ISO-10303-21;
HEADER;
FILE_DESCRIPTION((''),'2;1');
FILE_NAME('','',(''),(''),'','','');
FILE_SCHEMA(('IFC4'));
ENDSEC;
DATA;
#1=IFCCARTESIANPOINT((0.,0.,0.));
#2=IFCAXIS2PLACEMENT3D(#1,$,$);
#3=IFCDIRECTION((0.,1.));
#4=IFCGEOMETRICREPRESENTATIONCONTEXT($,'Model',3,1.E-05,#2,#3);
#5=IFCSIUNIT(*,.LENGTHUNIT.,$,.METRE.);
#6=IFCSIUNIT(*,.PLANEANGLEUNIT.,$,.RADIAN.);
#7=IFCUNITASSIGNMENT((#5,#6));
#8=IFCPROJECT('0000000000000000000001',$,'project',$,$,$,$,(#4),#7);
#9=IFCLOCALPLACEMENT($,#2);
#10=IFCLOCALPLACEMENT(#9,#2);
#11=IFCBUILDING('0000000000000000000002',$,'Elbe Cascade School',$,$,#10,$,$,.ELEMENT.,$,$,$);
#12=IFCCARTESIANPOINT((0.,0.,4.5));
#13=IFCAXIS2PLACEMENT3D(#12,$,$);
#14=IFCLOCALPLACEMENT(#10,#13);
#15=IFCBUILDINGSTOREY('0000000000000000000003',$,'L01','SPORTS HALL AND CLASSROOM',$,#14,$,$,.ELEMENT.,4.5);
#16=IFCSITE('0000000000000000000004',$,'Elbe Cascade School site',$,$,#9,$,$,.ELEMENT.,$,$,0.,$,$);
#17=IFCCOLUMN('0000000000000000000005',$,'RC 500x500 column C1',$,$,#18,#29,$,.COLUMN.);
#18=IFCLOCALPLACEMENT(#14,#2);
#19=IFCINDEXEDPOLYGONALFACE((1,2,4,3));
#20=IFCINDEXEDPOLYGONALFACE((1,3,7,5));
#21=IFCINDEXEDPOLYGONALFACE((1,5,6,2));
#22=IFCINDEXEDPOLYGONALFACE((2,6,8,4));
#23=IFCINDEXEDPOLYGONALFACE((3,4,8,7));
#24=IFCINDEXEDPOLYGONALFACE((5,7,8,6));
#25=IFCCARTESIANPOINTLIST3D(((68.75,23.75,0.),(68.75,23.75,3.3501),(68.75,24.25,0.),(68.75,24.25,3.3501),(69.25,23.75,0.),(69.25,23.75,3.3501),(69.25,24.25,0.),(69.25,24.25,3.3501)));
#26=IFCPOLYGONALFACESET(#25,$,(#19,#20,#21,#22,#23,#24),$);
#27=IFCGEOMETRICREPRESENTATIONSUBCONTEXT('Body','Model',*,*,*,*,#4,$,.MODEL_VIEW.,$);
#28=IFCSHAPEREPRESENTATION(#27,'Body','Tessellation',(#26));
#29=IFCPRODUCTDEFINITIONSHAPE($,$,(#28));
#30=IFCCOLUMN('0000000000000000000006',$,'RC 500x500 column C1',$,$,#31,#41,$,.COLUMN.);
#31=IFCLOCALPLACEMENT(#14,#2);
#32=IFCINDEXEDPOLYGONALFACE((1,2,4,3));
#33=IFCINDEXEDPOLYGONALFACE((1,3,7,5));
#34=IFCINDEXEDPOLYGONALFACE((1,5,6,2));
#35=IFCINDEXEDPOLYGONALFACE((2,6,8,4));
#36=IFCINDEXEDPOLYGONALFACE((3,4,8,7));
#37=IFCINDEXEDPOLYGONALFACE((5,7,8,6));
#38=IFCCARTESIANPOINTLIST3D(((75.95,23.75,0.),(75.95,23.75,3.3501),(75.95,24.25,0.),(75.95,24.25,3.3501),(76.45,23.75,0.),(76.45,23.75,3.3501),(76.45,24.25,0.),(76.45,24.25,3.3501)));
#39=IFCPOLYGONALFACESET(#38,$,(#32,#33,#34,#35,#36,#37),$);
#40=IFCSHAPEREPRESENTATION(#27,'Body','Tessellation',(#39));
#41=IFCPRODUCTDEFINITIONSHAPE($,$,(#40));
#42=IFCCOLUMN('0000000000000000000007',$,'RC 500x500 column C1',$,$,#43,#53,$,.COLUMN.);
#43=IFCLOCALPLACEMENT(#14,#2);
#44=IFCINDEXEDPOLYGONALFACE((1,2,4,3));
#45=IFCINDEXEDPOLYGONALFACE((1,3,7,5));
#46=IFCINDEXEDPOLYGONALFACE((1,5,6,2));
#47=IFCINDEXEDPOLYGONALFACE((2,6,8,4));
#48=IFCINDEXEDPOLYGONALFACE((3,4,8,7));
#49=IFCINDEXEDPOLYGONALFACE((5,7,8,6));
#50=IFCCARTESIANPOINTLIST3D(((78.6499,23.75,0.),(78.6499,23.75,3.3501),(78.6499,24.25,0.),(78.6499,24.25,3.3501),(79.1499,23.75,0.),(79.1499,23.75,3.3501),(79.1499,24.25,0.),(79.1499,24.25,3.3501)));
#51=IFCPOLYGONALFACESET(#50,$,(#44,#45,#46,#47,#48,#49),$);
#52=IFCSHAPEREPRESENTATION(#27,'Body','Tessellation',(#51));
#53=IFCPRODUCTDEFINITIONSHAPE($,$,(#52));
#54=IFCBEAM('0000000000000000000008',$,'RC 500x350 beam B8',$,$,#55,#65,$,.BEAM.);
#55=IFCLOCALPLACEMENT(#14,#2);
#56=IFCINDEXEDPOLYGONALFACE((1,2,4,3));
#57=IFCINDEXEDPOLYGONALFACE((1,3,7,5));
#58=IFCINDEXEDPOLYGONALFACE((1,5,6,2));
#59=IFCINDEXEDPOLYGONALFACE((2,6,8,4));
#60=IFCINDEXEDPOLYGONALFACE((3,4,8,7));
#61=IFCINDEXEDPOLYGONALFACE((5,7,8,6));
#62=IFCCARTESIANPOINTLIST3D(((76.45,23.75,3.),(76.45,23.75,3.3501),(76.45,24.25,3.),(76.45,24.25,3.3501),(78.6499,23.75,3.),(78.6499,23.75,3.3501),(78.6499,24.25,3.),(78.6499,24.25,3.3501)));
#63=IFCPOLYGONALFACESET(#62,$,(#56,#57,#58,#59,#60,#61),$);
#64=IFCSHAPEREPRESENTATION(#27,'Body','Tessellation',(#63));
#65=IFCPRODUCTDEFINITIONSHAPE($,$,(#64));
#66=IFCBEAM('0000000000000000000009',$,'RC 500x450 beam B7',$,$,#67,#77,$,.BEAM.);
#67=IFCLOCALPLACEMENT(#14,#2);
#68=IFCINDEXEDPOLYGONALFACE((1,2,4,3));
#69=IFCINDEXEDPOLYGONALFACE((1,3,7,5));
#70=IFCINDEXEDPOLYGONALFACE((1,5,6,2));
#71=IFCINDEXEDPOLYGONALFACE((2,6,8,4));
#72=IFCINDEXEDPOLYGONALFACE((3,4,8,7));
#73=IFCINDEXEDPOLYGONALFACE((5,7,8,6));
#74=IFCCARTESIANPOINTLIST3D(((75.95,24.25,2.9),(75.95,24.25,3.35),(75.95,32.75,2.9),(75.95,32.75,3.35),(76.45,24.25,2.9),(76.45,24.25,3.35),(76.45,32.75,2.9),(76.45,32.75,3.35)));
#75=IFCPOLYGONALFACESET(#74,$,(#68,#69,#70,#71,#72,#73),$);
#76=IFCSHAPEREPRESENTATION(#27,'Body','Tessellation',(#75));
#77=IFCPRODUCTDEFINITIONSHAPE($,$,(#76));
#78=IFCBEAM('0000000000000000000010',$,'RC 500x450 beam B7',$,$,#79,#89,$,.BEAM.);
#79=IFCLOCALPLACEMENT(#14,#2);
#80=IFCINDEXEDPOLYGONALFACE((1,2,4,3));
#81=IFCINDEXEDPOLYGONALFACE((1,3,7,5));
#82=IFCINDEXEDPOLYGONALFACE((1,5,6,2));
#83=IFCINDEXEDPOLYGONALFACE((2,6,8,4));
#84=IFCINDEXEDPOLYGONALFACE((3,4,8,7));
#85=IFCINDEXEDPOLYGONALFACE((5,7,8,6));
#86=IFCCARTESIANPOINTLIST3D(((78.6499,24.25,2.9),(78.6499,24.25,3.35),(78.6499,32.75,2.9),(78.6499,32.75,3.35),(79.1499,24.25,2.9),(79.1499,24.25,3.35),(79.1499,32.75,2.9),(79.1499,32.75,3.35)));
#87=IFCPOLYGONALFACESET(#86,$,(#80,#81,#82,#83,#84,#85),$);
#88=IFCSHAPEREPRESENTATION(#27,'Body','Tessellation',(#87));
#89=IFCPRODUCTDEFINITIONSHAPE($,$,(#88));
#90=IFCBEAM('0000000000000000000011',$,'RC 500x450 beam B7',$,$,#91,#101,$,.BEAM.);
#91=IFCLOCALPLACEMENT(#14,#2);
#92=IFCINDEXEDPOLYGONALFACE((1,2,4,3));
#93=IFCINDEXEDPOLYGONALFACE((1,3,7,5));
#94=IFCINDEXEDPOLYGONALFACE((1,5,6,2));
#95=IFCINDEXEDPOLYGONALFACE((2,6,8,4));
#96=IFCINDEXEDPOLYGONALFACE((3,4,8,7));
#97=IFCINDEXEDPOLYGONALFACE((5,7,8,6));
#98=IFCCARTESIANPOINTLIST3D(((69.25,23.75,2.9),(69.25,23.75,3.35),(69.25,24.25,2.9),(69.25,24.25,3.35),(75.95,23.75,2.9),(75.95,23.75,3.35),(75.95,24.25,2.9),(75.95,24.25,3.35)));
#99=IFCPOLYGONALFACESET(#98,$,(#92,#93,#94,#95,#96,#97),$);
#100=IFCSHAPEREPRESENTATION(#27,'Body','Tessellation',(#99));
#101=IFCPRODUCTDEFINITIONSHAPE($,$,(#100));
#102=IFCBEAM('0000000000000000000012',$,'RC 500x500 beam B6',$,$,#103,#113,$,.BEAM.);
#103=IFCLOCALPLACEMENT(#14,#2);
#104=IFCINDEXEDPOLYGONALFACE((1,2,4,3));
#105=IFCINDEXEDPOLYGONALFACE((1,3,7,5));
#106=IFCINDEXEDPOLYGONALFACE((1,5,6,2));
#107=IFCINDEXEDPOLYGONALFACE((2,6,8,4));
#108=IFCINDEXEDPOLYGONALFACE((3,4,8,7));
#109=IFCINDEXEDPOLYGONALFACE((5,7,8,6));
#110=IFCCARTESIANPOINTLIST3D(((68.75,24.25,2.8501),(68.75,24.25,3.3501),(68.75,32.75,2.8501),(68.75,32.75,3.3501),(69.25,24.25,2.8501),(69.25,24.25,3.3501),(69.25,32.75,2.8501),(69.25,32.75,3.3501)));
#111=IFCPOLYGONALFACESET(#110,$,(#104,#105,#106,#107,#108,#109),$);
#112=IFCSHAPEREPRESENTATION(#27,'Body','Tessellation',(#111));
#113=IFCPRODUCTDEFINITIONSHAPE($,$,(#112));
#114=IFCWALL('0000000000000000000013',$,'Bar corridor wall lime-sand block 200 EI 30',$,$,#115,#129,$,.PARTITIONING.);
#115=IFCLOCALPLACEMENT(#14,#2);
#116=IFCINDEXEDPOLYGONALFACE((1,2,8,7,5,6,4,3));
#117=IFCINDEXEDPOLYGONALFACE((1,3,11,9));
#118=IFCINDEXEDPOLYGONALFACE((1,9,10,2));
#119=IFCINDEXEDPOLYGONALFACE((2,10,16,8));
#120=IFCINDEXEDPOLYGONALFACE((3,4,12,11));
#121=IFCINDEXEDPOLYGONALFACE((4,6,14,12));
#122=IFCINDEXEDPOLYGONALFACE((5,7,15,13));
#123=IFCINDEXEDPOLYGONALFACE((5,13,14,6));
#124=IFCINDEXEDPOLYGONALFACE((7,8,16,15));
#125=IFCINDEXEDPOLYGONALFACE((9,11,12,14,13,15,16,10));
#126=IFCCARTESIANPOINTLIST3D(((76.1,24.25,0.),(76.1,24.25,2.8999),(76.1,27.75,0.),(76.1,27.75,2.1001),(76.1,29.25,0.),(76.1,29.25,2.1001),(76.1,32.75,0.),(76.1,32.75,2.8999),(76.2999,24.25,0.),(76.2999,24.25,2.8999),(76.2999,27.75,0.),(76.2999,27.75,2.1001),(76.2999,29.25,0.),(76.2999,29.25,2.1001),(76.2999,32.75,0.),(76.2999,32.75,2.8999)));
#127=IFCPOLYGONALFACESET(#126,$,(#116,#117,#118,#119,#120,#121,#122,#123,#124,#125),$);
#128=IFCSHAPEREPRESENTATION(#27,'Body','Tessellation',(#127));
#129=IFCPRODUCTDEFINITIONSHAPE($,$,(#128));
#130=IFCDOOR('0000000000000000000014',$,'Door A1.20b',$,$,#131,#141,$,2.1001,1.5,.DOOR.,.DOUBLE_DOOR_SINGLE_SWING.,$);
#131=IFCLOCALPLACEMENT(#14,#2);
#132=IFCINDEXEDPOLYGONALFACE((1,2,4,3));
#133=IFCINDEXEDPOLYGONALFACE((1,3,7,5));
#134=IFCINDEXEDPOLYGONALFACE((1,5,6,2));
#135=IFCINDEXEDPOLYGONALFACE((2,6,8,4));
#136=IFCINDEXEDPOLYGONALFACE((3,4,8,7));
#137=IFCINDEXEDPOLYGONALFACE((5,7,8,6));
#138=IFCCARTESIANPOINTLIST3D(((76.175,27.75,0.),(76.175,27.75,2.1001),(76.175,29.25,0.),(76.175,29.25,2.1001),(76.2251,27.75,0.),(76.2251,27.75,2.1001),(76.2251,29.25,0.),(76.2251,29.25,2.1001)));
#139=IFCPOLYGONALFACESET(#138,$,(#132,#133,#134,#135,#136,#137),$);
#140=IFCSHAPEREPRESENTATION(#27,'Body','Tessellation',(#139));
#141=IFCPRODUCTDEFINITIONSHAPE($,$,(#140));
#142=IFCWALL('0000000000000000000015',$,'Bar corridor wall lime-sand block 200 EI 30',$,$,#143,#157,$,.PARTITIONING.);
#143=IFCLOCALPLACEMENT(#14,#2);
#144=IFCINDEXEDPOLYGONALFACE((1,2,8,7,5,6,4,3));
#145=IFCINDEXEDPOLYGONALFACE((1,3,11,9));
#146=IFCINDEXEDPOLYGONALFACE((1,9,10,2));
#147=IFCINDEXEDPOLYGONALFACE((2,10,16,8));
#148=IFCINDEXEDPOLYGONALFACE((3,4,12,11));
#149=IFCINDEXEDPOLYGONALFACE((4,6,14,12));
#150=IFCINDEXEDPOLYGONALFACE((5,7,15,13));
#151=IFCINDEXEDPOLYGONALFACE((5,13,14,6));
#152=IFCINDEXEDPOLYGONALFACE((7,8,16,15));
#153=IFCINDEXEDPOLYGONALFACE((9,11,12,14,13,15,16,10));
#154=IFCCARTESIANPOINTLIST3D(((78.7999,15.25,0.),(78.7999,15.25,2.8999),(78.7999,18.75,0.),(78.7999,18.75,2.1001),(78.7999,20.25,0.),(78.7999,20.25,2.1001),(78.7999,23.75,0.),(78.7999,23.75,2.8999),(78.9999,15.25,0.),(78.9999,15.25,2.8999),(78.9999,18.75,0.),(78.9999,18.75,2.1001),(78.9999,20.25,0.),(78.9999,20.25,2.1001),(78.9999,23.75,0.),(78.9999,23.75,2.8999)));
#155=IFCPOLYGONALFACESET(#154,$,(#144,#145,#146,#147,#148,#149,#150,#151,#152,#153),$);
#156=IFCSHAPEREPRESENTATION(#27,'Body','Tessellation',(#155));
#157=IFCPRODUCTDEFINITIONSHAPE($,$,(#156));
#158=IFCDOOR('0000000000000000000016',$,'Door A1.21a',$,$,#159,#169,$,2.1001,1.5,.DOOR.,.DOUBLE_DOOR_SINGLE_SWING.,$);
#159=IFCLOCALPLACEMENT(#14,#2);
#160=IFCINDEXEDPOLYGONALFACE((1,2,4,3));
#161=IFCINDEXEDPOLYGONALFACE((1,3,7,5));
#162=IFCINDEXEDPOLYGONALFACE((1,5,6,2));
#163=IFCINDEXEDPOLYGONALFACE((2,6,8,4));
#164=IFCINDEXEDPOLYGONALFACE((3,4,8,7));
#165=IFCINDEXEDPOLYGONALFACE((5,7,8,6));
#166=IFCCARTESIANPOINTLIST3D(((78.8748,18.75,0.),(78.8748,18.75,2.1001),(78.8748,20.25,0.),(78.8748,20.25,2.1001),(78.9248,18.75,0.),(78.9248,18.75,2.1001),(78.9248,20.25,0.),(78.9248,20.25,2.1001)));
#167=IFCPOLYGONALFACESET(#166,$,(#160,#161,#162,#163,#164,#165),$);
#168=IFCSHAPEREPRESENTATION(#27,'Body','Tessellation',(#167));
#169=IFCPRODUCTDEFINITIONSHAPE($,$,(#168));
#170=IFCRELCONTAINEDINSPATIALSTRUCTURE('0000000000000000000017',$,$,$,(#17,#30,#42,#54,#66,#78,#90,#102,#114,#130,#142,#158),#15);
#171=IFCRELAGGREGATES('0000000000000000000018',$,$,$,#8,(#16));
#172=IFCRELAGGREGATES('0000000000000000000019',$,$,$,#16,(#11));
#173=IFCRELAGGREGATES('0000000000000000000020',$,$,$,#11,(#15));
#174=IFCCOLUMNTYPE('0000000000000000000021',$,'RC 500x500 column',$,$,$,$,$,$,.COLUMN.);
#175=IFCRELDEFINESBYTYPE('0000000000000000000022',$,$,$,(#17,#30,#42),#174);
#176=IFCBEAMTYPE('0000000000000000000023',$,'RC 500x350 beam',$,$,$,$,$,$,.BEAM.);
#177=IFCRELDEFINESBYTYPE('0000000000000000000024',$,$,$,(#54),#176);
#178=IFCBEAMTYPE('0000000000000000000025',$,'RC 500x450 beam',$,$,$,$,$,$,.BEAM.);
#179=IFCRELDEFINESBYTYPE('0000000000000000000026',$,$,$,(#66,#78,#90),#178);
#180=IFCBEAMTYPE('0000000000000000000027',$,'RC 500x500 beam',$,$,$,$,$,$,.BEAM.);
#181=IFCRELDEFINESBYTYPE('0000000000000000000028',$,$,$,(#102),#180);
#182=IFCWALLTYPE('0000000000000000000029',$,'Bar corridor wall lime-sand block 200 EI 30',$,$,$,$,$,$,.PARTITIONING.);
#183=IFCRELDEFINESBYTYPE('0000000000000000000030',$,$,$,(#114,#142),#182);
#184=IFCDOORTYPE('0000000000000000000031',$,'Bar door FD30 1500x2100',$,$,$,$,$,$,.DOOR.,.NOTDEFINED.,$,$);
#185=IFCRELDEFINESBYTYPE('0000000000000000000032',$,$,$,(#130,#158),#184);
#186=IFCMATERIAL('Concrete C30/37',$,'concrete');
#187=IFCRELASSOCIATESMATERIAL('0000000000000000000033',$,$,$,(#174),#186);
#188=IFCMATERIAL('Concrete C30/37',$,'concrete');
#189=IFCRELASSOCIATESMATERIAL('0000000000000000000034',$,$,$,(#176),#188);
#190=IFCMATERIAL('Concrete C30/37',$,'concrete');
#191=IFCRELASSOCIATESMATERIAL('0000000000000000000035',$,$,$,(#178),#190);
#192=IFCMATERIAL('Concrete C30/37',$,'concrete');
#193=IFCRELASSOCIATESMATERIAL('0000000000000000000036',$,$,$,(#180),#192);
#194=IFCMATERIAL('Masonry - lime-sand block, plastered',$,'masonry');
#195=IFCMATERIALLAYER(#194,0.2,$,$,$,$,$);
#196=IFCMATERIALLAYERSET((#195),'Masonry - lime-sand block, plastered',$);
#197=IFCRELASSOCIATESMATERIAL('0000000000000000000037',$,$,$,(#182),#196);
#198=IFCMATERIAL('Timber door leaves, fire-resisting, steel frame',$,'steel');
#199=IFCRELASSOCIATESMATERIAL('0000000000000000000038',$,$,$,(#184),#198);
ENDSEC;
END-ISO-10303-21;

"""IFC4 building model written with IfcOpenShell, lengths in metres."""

from ifc_helpers import new_model, si_unit, direction, frame, frame_2d, origin, origin_2d, place, context, subcontext, project, spatial, rectangle, extrude, material, layer, layer_set, material_profile, profile_set, type_object, element, fill, save


model = new_model("IFC4")

# Units and contexts
model_context = context("Model", 3, precision=1e-05, world=origin(), true_north=direction((0.0, 1.0)))
body_context = subcontext(model_context, "Body", "Model", "MODEL_VIEW")
ifc_project = project(units=[si_unit("LENGTHUNIT", "METRE"), si_unit("PLANEANGLEUNIT", "RADIAN")], contexts=[model_context])

# Site, building, storey
site_placement = place(None, origin())
site = spatial("IfcSite", under=ifc_project, at=site_placement, Name="Elbe Cascade School site", CompositionType="ELEMENT", RefElevation=0.0)
building_placement = place(site_placement, origin())
building = spatial("IfcBuilding", under=site, at=building_placement, Name="Elbe Cascade School", CompositionType="ELEMENT")
storey_placement = place(building_placement, frame((0.0, 0.0, 4.5)))
storey = spatial("IfcBuildingStorey", under=building, at=storey_placement, Name="L01", Description="SPORTS HALL AND CLASSROOM", CompositionType="ELEMENT", Elevation=4.5)

# Columns
ifc_material_1 = material(Name="Concrete C30/37", Category="concrete")
ifc_material_profile_1 = material_profile(ifc_material_1, rectangle(XDim=0.5, YDim=0.5, at=origin_2d()), Name="RC 500x500")
ifc_profile_set_1 = profile_set([ifc_material_profile_1], Name="Concrete C30/37")
column_type = type_object("IfcColumnType", Name="RC 500x500 column", PredefinedType="COLUMN", material=ifc_profile_set_1)
for number, where, z_axis, x_axis, name in (
    (1, (69.0, 24.0, 0.0), (0.0, 0.0, 1.0), (1.0, 0.0, 0.0), "RC 500x500 column C1"),
    (2, (76.2, 24.0, 0.0), (0.0, 0.0, 1.0), (1.0, 0.0, 0.0), "RC 500x500 column C1"),
    (3, (78.8999, 24.0, 0.0), (0.0, 0.0, 1.0), (1.0, 0.0, 0.0), "RC 500x500 column C1"),
):
    element("IfcColumn", number, at=place(storey_placement, frame(where, z_axis=z_axis, x_axis=x_axis)), inside=storey, type_object=column_type, Name=name, PredefinedType="COLUMN", context=body_context, shape_type="SweptSolid", body=[
        extrude(rectangle(XDim=0.5, YDim=0.5, at=origin_2d()), origin(), (0.0, 0.0, 1.0), 3.3501),
    ])

# Beams
ifc_material_2 = material(Name="Concrete C30/37", Category="concrete")
ifc_material_profile_2 = material_profile(ifc_material_2, rectangle(XDim=0.5, YDim=0.3501, at=origin_2d()), Name="RC 500x350")
ifc_profile_set_2 = profile_set([ifc_material_profile_2], Name="Concrete C30/37")
beam_type_1 = type_object("IfcBeamType", Name="RC 500x350 beam", PredefinedType="BEAM", material=ifc_profile_set_2)
beam_1_placement = place(storey_placement, frame((76.45, 24.0, 3.175), z_axis=(1.0, 0.0, 0.0), x_axis=(0.0, 1.0, 0.0)))
element("IfcBeam", 4, at=beam_1_placement, inside=storey, type_object=beam_type_1, Name="RC 500x350 beam B8", PredefinedType="BEAM", context=body_context, shape_type="SweptSolid", body=[
    extrude(rectangle(XDim=0.5, YDim=0.3501, at=origin_2d()), origin(), (0.0, 0.0, 1.0), 2.2),
])
ifc_material_3 = material(Name="Concrete C30/37", Category="concrete")
ifc_material_profile_3 = material_profile(ifc_material_3, rectangle(XDim=0.5, YDim=0.45, at=origin_2d()), Name="RC 500x450")
ifc_profile_set_3 = profile_set([ifc_material_profile_3], Name="Concrete C30/37")
beam_type_2 = type_object("IfcBeamType", Name="RC 500x450 beam", PredefinedType="BEAM", material=ifc_profile_set_3)
for number, where, z_axis, x_axis, name in (
    (5, (76.2, 24.25, 3.125), (0.0, 1.0, 0.0), (-1.0, 0.0, 0.0), "RC 500x450 beam B7"),
    (6, (78.8999, 24.25, 3.125), (0.0, 1.0, 0.0), (-1.0, 0.0, 0.0), "RC 500x450 beam B7"),
):
    element("IfcBeam", number, at=place(storey_placement, frame(where, z_axis=z_axis, x_axis=x_axis)), inside=storey, type_object=beam_type_2, Name=name, PredefinedType="BEAM", context=body_context, shape_type="SweptSolid", body=[
        extrude(rectangle(XDim=0.5, YDim=0.45, at=origin_2d()), origin(), (0.0, 0.0, 1.0), 8.5),
    ])
beam_2_placement = place(storey_placement, frame((69.25, 24.0, 3.125), z_axis=(1.0, 0.0, 0.0), x_axis=(0.0, 1.0, 0.0)))
element("IfcBeam", 7, at=beam_2_placement, inside=storey, type_object=beam_type_2, Name="RC 500x450 beam B7", PredefinedType="BEAM", context=body_context, shape_type="SweptSolid", body=[
    extrude(rectangle(XDim=0.5, YDim=0.45, at=origin_2d()), origin(), (0.0, 0.0, 1.0), 6.7),
])
ifc_material_4 = material(Name="Concrete C30/37", Category="concrete")
ifc_material_profile_4 = material_profile(ifc_material_4, rectangle(XDim=0.5, YDim=0.5, at=origin_2d()), Name="RC 500x500")
ifc_profile_set_4 = profile_set([ifc_material_profile_4], Name="Concrete C30/37")
beam_type_3 = type_object("IfcBeamType", Name="RC 500x500 beam", PredefinedType="BEAM", material=ifc_profile_set_4)
beam_3_placement = place(storey_placement, frame((69.0, 24.25, 3.1001), z_axis=(0.0, 1.0, 0.0), x_axis=(-1.0, 0.0, 0.0)))
element("IfcBeam", 8, at=beam_3_placement, inside=storey, type_object=beam_type_3, Name="RC 500x500 beam B6", PredefinedType="BEAM", context=body_context, shape_type="SweptSolid", body=[
    extrude(rectangle(XDim=0.5, YDim=0.5, at=origin_2d()), origin(), (0.0, 0.0, 1.0), 8.5),
])

# Walls, openings, doors
ifc_material_5 = material(Name="Masonry - lime-sand block, plastered", Category="masonry")
ifc_layer_1 = layer(ifc_material_5, 0.2)
ifc_layer_set_1 = layer_set([ifc_layer_1], Name="Masonry - lime-sand block, plastered")
wall_type_1 = type_object("IfcWallType", Name="Bar corridor wall lime-sand block 200 EI 30", PredefinedType="PARTITIONING", material=ifc_layer_set_1)
wall_1_placement = place(storey_placement, frame((76.2, 24.25, 0.0), z_axis=(0.0, 0.0, 1.0), x_axis=(0.0, 1.0, 0.0)))
wall_1 = element("IfcWall", 9, at=wall_1_placement, inside=storey, type_object=wall_type_1, Name="Bar corridor wall lime-sand block 200 EI 30", PredefinedType="PARTITIONING", context=body_context, shape_type="SweptSolid", body=[
    extrude(rectangle(XDim=8.5, YDim=0.2, at=frame_2d((4.25, 0.0))), origin(), (0.0, 0.0, 1.0), 2.8999),
])
opening_1_placement = place(wall_1_placement, frame((3.5, 0.0, 0.0)))
opening_1 = element("IfcOpeningElement", 10, at=opening_1_placement, cuts=wall_1, PredefinedType="OPENING", context=body_context, shape_type="SweptSolid", body=[
    extrude(rectangle(XDim=1.5, YDim=2.1001, at=frame_2d((0.75, 1.05))), frame((0.0, 0.1099, 0.0), z_axis=(0.0, -1.0, 0.0), x_axis=(1.0, 0.0, 0.0)), (0.0, 0.0, 1.0), 0.22),
])
ifc_material_6 = material(Name="Timber door leaves, fire-resisting, steel frame", Category="steel")
door_type = type_object("IfcDoorType", Name="Bar door FD30 1500x2100", OperationType="NOTDEFINED", PredefinedType="DOOR", material=ifc_material_6)
door_1_placement = place(opening_1_placement, origin())
door_1 = element("IfcDoor", 11, at=door_1_placement, inside=storey, type_object=door_type, Name="Door A1.20b", OperationType="DOUBLE_DOOR_SINGLE_SWING", OverallHeight=2.1001, OverallWidth=1.5, PredefinedType="DOOR", context=body_context, shape_type="SweptSolid", body=[
    extrude(rectangle(XDim=1.5, YDim=2.1001, at=frame_2d((0.75, 1.05))), frame((0.0, 0.0249, 0.0), z_axis=(0.0, -1.0, 0.0), x_axis=(1.0, 0.0, 0.0)), (0.0, 0.0, 1.0), 0.05),
])
fill(opening_1, door_1)
wall_2_placement = place(storey_placement, frame((78.8999, 23.75, 0.0), z_axis=(0.0, 0.0, 1.0), x_axis=(0.0, -1.0, 0.0)))
wall_2 = element("IfcWall", 12, at=wall_2_placement, inside=storey, type_object=wall_type_1, Name="Bar corridor wall lime-sand block 200 EI 30", PredefinedType="PARTITIONING", context=body_context, shape_type="SweptSolid", body=[
    extrude(rectangle(XDim=8.5, YDim=0.2, at=frame_2d((4.25, 0.0))), origin(), (0.0, 0.0, 1.0), 2.8999),
])
opening_2_placement = place(wall_2_placement, frame((3.5, 0.0, 0.0)))
opening_2 = element("IfcOpeningElement", 13, at=opening_2_placement, cuts=wall_2, PredefinedType="OPENING", context=body_context, shape_type="SweptSolid", body=[
    extrude(rectangle(XDim=1.5, YDim=2.1001, at=frame_2d((0.75, 1.05))), frame((0.0, 0.1099, 0.0), z_axis=(0.0, -1.0, 0.0), x_axis=(1.0, 0.0, 0.0)), (0.0, 0.0, 1.0), 0.22),
])
door_2_placement = place(opening_2_placement, origin())
door_2 = element("IfcDoor", 14, at=door_2_placement, inside=storey, type_object=door_type, Name="Door A1.21a", OperationType="DOUBLE_DOOR_SINGLE_SWING", OverallHeight=2.1001, OverallWidth=1.5, PredefinedType="DOOR", context=body_context, shape_type="SweptSolid", body=[
    extrude(rectangle(XDim=1.5, YDim=2.1001, at=frame_2d((0.75, 1.05))), frame((0.0, 0.0249, 0.0), z_axis=(0.0, -1.0, 0.0), x_axis=(1.0, 0.0, 0.0)), (0.0, 0.0, 1.0), 0.05),
])
fill(opening_2, door_2)

save(model, "model.ifc")
